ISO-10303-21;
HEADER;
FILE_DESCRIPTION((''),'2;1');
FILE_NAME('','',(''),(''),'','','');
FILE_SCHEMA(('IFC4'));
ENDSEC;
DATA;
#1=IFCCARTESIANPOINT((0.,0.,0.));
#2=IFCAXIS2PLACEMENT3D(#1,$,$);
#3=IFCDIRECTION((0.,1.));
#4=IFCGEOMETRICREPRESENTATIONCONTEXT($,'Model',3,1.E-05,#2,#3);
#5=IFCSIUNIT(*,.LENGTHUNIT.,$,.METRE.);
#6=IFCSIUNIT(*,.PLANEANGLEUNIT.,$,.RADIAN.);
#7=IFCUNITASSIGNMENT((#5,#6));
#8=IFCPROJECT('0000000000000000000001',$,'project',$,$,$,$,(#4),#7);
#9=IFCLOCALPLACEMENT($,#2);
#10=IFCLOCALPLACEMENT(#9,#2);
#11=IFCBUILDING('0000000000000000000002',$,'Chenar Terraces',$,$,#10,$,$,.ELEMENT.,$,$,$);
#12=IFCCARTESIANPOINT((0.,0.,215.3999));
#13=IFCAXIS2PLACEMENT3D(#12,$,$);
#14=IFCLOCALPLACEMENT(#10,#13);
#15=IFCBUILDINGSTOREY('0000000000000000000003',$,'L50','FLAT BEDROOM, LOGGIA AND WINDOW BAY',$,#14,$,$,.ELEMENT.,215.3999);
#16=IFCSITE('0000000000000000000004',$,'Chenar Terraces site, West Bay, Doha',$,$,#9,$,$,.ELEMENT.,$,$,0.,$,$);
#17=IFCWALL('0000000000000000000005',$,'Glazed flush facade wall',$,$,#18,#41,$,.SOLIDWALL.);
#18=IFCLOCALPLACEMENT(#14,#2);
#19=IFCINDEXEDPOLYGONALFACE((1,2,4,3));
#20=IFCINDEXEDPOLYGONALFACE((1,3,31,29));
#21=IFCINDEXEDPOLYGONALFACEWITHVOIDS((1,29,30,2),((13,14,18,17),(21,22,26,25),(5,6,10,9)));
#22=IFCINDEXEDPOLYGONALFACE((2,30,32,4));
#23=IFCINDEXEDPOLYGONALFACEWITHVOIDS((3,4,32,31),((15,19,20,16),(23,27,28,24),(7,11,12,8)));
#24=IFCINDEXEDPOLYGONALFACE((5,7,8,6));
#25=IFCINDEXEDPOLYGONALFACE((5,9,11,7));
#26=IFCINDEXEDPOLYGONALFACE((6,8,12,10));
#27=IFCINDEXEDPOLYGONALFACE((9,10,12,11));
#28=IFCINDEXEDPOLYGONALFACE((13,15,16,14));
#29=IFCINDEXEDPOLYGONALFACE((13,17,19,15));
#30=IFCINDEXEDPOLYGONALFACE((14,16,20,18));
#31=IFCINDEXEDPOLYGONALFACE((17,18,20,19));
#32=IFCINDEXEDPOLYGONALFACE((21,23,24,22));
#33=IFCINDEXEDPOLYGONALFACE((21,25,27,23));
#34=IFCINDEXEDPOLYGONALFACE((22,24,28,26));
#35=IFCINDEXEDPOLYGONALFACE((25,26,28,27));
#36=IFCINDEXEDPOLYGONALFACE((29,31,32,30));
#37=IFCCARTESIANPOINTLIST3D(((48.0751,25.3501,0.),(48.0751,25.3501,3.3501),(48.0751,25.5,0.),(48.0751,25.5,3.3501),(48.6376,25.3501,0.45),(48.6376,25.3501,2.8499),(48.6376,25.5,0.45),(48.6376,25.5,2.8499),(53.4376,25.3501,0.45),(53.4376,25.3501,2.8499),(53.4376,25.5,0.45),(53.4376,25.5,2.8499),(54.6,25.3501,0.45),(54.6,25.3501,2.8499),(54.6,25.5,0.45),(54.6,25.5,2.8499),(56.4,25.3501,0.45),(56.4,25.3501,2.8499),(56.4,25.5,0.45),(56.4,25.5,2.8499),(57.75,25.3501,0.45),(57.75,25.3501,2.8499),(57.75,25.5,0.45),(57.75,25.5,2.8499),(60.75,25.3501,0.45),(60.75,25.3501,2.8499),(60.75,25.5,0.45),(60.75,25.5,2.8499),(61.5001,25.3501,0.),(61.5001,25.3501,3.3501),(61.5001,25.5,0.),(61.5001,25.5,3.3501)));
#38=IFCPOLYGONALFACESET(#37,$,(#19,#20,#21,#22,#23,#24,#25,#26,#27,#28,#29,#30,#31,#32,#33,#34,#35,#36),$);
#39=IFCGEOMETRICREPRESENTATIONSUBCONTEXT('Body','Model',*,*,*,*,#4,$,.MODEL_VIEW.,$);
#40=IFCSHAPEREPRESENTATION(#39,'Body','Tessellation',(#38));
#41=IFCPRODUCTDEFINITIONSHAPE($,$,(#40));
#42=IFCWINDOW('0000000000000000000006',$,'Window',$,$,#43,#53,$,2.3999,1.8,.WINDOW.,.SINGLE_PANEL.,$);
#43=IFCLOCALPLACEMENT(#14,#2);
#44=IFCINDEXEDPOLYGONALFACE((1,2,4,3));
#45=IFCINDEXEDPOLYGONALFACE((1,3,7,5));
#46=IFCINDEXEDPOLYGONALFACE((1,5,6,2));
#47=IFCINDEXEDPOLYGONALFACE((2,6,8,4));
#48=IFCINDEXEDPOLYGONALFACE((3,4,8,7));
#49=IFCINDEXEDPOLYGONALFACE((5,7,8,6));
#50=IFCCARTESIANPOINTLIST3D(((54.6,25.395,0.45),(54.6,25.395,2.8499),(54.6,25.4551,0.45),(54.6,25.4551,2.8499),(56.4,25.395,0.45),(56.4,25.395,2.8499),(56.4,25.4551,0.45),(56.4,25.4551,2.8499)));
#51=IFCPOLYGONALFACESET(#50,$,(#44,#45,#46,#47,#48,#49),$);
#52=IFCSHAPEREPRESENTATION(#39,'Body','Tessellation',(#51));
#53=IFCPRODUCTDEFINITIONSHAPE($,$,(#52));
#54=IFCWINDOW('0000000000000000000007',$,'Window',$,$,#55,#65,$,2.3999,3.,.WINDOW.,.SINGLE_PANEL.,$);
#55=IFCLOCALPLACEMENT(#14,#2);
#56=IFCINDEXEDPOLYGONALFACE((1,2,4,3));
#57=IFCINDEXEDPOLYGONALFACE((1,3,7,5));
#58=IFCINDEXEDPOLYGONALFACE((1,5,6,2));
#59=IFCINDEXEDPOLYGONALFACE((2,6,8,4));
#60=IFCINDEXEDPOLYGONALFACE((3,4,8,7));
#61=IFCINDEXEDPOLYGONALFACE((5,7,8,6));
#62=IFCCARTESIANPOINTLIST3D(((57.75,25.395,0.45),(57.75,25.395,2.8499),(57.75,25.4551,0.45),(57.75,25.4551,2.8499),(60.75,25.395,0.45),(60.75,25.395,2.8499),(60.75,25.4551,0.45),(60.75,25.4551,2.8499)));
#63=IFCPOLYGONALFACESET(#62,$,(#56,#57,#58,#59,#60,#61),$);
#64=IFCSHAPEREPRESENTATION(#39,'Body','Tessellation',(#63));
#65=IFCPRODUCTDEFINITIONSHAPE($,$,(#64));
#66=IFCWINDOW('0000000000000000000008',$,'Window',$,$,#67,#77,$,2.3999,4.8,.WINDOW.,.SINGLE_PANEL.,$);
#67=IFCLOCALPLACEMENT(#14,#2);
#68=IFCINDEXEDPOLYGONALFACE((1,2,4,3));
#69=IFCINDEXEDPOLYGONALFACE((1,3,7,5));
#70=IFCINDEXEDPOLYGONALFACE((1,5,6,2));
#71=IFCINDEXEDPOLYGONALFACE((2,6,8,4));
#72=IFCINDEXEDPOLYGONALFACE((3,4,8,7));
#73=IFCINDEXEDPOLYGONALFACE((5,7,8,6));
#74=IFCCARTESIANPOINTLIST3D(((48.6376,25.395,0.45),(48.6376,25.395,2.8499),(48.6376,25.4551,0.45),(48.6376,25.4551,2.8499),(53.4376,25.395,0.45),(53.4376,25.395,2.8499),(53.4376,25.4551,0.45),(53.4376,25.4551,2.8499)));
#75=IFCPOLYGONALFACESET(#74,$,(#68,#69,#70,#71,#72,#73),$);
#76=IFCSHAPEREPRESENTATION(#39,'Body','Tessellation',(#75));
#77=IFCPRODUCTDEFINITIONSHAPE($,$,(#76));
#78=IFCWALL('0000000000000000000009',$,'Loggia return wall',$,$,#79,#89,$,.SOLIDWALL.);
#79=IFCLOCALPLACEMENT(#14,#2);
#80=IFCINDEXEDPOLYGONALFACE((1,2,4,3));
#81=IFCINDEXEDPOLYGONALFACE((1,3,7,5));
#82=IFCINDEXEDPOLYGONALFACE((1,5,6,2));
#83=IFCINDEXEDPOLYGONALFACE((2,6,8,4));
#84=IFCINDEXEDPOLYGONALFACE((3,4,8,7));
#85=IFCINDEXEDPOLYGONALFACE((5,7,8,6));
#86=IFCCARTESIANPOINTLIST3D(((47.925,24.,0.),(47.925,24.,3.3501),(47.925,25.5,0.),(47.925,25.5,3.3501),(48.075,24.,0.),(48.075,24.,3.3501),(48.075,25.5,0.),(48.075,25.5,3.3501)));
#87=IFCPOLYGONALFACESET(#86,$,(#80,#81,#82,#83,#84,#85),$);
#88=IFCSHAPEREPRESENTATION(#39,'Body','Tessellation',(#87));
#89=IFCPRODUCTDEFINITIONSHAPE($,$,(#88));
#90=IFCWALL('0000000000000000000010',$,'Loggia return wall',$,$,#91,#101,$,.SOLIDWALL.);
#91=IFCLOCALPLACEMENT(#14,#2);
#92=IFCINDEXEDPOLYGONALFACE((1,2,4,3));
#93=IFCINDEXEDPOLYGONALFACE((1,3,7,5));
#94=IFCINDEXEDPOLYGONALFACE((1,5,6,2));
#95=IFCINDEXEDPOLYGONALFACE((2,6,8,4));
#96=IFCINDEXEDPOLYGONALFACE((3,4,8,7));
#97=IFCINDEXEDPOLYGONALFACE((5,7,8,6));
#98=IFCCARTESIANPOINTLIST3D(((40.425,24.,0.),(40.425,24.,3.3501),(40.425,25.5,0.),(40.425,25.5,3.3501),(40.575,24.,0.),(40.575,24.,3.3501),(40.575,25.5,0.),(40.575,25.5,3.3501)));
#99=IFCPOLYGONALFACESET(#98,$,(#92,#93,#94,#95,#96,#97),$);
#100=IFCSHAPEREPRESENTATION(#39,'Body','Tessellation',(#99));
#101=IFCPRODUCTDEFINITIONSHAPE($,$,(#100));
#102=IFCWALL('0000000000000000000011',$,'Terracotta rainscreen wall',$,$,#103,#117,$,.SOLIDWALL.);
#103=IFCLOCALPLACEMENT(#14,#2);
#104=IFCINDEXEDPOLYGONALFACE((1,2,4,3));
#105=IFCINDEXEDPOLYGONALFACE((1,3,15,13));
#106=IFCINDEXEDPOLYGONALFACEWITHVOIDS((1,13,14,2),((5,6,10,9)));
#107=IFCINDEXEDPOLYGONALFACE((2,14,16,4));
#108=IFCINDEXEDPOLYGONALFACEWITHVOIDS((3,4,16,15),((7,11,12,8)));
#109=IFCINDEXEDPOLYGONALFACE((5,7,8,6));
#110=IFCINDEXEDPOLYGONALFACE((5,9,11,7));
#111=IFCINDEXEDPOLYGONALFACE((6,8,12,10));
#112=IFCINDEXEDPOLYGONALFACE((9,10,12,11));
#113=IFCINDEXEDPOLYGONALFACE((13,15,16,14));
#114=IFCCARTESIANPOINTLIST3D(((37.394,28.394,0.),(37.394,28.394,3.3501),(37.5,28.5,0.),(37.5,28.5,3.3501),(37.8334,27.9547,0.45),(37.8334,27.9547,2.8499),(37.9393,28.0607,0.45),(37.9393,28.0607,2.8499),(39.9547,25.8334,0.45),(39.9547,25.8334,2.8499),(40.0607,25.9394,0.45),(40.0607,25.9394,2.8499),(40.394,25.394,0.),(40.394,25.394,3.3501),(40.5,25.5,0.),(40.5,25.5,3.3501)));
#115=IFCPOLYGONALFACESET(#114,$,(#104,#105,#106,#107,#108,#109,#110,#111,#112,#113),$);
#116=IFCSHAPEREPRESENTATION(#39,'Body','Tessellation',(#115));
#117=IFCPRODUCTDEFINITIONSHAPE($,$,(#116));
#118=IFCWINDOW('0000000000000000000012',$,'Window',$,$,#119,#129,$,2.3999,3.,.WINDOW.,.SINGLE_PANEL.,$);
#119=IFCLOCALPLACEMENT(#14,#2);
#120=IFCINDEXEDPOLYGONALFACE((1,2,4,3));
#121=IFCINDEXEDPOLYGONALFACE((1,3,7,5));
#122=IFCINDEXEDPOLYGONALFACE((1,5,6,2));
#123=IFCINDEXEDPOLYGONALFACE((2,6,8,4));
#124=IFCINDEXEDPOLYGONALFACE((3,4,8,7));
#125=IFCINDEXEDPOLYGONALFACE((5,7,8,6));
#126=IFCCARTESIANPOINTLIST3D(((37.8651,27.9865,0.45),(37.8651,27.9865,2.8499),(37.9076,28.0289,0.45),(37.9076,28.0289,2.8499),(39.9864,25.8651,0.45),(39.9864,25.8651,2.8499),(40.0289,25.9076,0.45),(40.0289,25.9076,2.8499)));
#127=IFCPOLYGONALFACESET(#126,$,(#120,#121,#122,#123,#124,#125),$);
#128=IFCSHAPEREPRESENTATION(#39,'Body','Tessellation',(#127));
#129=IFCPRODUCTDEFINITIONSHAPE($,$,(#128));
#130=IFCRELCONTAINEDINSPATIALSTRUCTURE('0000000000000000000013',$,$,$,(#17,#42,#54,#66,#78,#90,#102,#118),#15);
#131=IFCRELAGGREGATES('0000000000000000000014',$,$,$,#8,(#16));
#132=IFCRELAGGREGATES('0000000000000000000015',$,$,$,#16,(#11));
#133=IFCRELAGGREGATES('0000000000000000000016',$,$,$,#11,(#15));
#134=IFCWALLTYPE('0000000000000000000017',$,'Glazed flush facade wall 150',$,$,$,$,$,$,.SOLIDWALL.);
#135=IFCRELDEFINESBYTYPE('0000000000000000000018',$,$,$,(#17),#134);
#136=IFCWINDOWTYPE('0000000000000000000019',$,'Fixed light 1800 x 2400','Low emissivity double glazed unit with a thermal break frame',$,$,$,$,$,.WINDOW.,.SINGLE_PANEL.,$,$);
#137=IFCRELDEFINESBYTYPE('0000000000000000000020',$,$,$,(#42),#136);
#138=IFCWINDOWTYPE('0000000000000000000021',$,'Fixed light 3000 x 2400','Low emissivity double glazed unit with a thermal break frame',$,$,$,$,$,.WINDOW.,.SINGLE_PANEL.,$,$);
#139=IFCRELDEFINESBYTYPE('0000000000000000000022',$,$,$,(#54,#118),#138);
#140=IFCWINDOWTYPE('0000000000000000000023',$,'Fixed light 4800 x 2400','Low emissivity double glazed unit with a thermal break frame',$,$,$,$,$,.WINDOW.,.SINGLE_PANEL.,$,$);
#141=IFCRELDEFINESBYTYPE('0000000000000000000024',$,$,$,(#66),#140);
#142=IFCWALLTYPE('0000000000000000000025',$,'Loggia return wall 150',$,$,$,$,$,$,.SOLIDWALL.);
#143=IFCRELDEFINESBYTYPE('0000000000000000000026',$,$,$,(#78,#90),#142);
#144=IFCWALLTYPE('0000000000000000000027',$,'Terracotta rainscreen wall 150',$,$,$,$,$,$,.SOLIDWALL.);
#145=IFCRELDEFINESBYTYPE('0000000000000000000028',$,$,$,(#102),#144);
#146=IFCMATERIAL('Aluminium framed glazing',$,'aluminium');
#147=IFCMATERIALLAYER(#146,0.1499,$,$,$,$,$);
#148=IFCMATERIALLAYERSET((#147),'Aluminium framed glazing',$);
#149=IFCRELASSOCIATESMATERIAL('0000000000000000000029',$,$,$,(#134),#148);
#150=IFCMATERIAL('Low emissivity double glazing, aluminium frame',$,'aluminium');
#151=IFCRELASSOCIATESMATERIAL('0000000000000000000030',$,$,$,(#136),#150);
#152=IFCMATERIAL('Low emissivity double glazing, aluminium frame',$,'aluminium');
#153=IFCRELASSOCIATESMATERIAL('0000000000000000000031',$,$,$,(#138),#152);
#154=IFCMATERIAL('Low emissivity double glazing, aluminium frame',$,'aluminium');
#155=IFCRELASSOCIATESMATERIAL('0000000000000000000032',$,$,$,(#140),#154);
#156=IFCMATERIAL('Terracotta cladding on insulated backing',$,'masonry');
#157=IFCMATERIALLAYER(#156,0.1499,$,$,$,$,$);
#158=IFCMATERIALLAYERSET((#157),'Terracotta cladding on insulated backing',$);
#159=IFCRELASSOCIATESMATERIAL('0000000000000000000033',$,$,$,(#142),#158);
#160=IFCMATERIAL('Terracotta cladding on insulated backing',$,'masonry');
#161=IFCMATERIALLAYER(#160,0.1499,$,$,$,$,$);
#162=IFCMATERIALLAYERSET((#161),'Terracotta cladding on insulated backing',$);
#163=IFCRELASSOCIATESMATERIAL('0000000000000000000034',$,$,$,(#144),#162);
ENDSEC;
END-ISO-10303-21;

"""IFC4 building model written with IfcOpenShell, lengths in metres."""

from ifc_helpers import new_model, si_unit, direction, frame, frame_2d, origin, place, context, subcontext, project, spatial, rectangle, extrude, material, layer, layer_set, type_object, element, fill, save


model = new_model("IFC4")

# Units and contexts
model_context = context("Model", 3, precision=1e-05, world=origin(), true_north=direction((0.0, 1.0)))
body_context = subcontext(model_context, "Body", "Model", "MODEL_VIEW")
ifc_project = project(units=[si_unit("LENGTHUNIT", "METRE"), si_unit("PLANEANGLEUNIT", "RADIAN")], contexts=[model_context])

# Site, building, storey
site_placement = place(None, origin())
site = spatial("IfcSite", under=ifc_project, at=site_placement, Name="Chenar Terraces site, West Bay, Doha", CompositionType="ELEMENT", RefElevation=0.0)
building_placement = place(site_placement, origin())
building = spatial("IfcBuilding", under=site, at=building_placement, Name="Chenar Terraces", CompositionType="ELEMENT")
storey_placement = place(building_placement, frame((0.0, 0.0, 215.3999)))
storey = spatial("IfcBuildingStorey", under=building, at=storey_placement, Name="L50", Description="FLAT BEDROOM, LOGGIA AND WINDOW BAY", CompositionType="ELEMENT", Elevation=215.3999)

# Wall, openings, windows
ifc_material_1 = material(Name="Aluminium framed glazing", Category="aluminium")
ifc_layer_1 = layer(ifc_material_1, 0.1499)
ifc_layer_set_1 = layer_set([ifc_layer_1], Name="Aluminium framed glazing")
wall_type_1 = type_object("IfcWallType", Name="Glazed flush facade wall 150", PredefinedType="SOLIDWALL", material=ifc_layer_set_1)
wall_1_placement = place(storey_placement, frame((61.5, 25.425, 0.0), z_axis=(0.0, 0.0, 1.0), x_axis=(-1.0, 0.0, 0.0)))
wall_1 = element("IfcWall", 1, at=wall_1_placement, inside=storey, type_object=wall_type_1, Name="Glazed flush facade wall", PredefinedType="SOLIDWALL", context=body_context, shape_type="SweptSolid", body=[
    extrude(rectangle(XDim=13.425, YDim=0.1499, at=frame_2d((6.7124, 0.0))), origin(), (0.0, 0.0, 1.0), 3.3501),
])
opening_1_placement = place(wall_1_placement, frame((0.75, 0.0, 0.45)))
opening_1 = element("IfcOpeningElement", 2, at=opening_1_placement, cuts=wall_1, PredefinedType="OPENING", context=body_context, shape_type="SweptSolid", body=[
    extrude(rectangle(XDim=3.0, YDim=2.3999, at=frame_2d((1.5, 1.2))), frame((0.0, 0.085, 0.0), z_axis=(0.0, -1.0, 0.0), x_axis=(1.0, 0.0, 0.0)), (0.0, 0.0, 1.0), 0.1699),
])
opening_2_placement = place(wall_1_placement, frame((5.1001, 0.0, 0.45)))
opening_2 = element("IfcOpeningElement", 3, at=opening_2_placement, cuts=wall_1, PredefinedType="OPENING", context=body_context, shape_type="SweptSolid", body=[
    extrude(rectangle(XDim=1.8, YDim=2.3999, at=frame_2d((0.8999, 1.2))), frame((0.0, 0.085, 0.0), z_axis=(0.0, -1.0, 0.0), x_axis=(1.0, 0.0, 0.0)), (0.0, 0.0, 1.0), 0.1699),
])
opening_3_placement = place(wall_1_placement, frame((8.0625, 0.0, 0.45)))
opening_3 = element("IfcOpeningElement", 4, at=opening_3_placement, cuts=wall_1, PredefinedType="OPENING", context=body_context, shape_type="SweptSolid", body=[
    extrude(rectangle(XDim=4.8, YDim=2.3999, at=frame_2d((2.3999, 1.2))), frame((0.0, 0.085, 0.0), z_axis=(0.0, -1.0, 0.0), x_axis=(1.0, 0.0, 0.0)), (0.0, 0.0, 1.0), 0.1699),
])
ifc_material_2 = material(Name="Low emissivity double glazing, aluminium frame", Category="aluminium")
window_type_1 = type_object("IfcWindowType", Name="Fixed light 1800 x 2400", Description="Low emissivity double glazed unit with a thermal break frame", PartitioningType="SINGLE_PANEL", PredefinedType="WINDOW", material=ifc_material_2)
window_1_placement = place(opening_2_placement, origin())
window_1 = element("IfcWindow", 5, at=window_1_placement, inside=storey, type_object=window_type_1, Name="Window", OverallHeight=2.3999, OverallWidth=1.8, PartitioningType="SINGLE_PANEL", PredefinedType="WINDOW", context=body_context, shape_type="SweptSolid", body=[
    extrude(rectangle(XDim=1.8, YDim=2.3999, at=frame_2d((0.8999, 1.2))), frame((0.0, 0.03, 0.0), z_axis=(0.0, -1.0, 0.0), x_axis=(1.0, 0.0, 0.0)), (0.0, 0.0, 1.0), 0.0601),
])
fill(opening_2, window_1)
ifc_material_3 = material(Name="Low emissivity double glazing, aluminium frame", Category="aluminium")
window_type_2 = type_object("IfcWindowType", Name="Fixed light 3000 x 2400", Description="Low emissivity double glazed unit with a thermal break frame", PartitioningType="SINGLE_PANEL", PredefinedType="WINDOW", material=ifc_material_3)
window_2_placement = place(opening_1_placement, origin())
window_2 = element("IfcWindow", 6, at=window_2_placement, inside=storey, type_object=window_type_2, Name="Window", OverallHeight=2.3999, OverallWidth=3.0, PartitioningType="SINGLE_PANEL", PredefinedType="WINDOW", context=body_context, shape_type="SweptSolid", body=[
    extrude(rectangle(XDim=3.0, YDim=2.3999, at=frame_2d((1.5, 1.2))), frame((0.0, 0.03, 0.0), z_axis=(0.0, -1.0, 0.0), x_axis=(1.0, 0.0, 0.0)), (0.0, 0.0, 1.0), 0.0601),
])
fill(opening_1, window_2)
ifc_material_4 = material(Name="Low emissivity double glazing, aluminium frame", Category="aluminium")
window_type_3 = type_object("IfcWindowType", Name="Fixed light 4800 x 2400", Description="Low emissivity double glazed unit with a thermal break frame", PartitioningType="SINGLE_PANEL", PredefinedType="WINDOW", material=ifc_material_4)
window_3_placement = place(opening_3_placement, origin())
window_3 = element("IfcWindow", 7, at=window_3_placement, inside=storey, type_object=window_type_3, Name="Window", OverallHeight=2.3999, OverallWidth=4.8, PartitioningType="SINGLE_PANEL", PredefinedType="WINDOW", context=body_context, shape_type="SweptSolid", body=[
    extrude(rectangle(XDim=4.8, YDim=2.3999, at=frame_2d((2.3999, 1.2))), frame((0.0, 0.03, 0.0), z_axis=(0.0, -1.0, 0.0), x_axis=(1.0, 0.0, 0.0)), (0.0, 0.0, 1.0), 0.0601),
])
fill(opening_3, window_3)

# Walls
ifc_material_5 = material(Name="Terracotta cladding on insulated backing", Category="masonry")
ifc_layer_2 = layer(ifc_material_5, 0.1499)
ifc_layer_set_2 = layer_set([ifc_layer_2], Name="Terracotta cladding on insulated backing")
wall_type_2 = type_object("IfcWallType", Name="Loggia return wall 150", PredefinedType="SOLIDWALL", material=ifc_layer_set_2)
for number, where, z_axis, x_axis, name in (
    (8, (48.0, 25.5, 0.0), (0.0, 0.0, 1.0), (0.0, -1.0, 0.0), "Loggia return wall"),
    (9, (40.5, 25.5, 0.0), (0.0, 0.0, 1.0), (0.0, -1.0, 0.0), "Loggia return wall"),
):
    element("IfcWall", number, at=place(storey_placement, frame(where, z_axis=z_axis, x_axis=x_axis)), inside=storey, type_object=wall_type_2, Name=name, PredefinedType="SOLIDWALL", context=body_context, shape_type="SweptSolid", body=[
        extrude(rectangle(XDim=1.5, YDim=0.1499, at=frame_2d((0.75, 0.0))), origin(), (0.0, 0.0, 1.0), 3.3501),
    ])

# Wall, opening, window
ifc_material_6 = material(Name="Terracotta cladding on insulated backing", Category="masonry")
ifc_layer_3 = layer(ifc_material_6, 0.1499)
ifc_layer_set_3 = layer_set([ifc_layer_3], Name="Terracotta cladding on insulated backing")
wall_type_3 = type_object("IfcWallType", Name="Terracotta rainscreen wall 150", PredefinedType="SOLIDWALL", material=ifc_layer_set_3)
wall_2_placement = place(storey_placement, frame((40.447, 25.447, 0.0), z_axis=(0.0, 0.0, 1.0), x_axis=(-0.707107, 0.707107, 0.0)))
wall_2 = element("IfcWall", 10, at=wall_2_placement, inside=storey, type_object=wall_type_3, Name="Terracotta rainscreen wall", PredefinedType="SOLIDWALL", context=body_context, shape_type="SweptSolid", body=[
    extrude(rectangle(XDim=4.2427, YDim=0.1499, at=frame_2d((2.1213, 0.0))), origin(), (0.0, 0.0, 1.0), 3.3501),
])
opening_4_placement = place(wall_2_placement, frame((0.6213, 0.0, 0.45)))
opening_4 = element("IfcOpeningElement", 11, at=opening_4_placement, cuts=wall_2, PredefinedType="OPENING", context=body_context, shape_type="SweptSolid", body=[
    extrude(rectangle(XDim=3.0, YDim=2.3999, at=frame_2d((1.5, 1.2))), frame((0.0, 0.085, 0.0), z_axis=(0.0, -1.0, 0.0), x_axis=(1.0, 0.0, 0.0)), (0.0, 0.0, 1.0), 0.1699),
])
window_4_placement = place(opening_4_placement, origin())
window_4 = element("IfcWindow", 12, at=window_4_placement, inside=storey, type_object=window_type_2, Name="Window", OverallHeight=2.3999, OverallWidth=3.0, PartitioningType="SINGLE_PANEL", PredefinedType="WINDOW", context=body_context, shape_type="SweptSolid", body=[
    extrude(rectangle(XDim=3.0, YDim=2.3999, at=frame_2d((1.5, 1.2))), frame((0.0, 0.03, 0.0), z_axis=(0.0, -1.0, 0.0), x_axis=(1.0, 0.0, 0.0)), (0.0, 0.0, 1.0), 0.0601),
])
fill(opening_4, window_4)

save(model, "model.ifc")
